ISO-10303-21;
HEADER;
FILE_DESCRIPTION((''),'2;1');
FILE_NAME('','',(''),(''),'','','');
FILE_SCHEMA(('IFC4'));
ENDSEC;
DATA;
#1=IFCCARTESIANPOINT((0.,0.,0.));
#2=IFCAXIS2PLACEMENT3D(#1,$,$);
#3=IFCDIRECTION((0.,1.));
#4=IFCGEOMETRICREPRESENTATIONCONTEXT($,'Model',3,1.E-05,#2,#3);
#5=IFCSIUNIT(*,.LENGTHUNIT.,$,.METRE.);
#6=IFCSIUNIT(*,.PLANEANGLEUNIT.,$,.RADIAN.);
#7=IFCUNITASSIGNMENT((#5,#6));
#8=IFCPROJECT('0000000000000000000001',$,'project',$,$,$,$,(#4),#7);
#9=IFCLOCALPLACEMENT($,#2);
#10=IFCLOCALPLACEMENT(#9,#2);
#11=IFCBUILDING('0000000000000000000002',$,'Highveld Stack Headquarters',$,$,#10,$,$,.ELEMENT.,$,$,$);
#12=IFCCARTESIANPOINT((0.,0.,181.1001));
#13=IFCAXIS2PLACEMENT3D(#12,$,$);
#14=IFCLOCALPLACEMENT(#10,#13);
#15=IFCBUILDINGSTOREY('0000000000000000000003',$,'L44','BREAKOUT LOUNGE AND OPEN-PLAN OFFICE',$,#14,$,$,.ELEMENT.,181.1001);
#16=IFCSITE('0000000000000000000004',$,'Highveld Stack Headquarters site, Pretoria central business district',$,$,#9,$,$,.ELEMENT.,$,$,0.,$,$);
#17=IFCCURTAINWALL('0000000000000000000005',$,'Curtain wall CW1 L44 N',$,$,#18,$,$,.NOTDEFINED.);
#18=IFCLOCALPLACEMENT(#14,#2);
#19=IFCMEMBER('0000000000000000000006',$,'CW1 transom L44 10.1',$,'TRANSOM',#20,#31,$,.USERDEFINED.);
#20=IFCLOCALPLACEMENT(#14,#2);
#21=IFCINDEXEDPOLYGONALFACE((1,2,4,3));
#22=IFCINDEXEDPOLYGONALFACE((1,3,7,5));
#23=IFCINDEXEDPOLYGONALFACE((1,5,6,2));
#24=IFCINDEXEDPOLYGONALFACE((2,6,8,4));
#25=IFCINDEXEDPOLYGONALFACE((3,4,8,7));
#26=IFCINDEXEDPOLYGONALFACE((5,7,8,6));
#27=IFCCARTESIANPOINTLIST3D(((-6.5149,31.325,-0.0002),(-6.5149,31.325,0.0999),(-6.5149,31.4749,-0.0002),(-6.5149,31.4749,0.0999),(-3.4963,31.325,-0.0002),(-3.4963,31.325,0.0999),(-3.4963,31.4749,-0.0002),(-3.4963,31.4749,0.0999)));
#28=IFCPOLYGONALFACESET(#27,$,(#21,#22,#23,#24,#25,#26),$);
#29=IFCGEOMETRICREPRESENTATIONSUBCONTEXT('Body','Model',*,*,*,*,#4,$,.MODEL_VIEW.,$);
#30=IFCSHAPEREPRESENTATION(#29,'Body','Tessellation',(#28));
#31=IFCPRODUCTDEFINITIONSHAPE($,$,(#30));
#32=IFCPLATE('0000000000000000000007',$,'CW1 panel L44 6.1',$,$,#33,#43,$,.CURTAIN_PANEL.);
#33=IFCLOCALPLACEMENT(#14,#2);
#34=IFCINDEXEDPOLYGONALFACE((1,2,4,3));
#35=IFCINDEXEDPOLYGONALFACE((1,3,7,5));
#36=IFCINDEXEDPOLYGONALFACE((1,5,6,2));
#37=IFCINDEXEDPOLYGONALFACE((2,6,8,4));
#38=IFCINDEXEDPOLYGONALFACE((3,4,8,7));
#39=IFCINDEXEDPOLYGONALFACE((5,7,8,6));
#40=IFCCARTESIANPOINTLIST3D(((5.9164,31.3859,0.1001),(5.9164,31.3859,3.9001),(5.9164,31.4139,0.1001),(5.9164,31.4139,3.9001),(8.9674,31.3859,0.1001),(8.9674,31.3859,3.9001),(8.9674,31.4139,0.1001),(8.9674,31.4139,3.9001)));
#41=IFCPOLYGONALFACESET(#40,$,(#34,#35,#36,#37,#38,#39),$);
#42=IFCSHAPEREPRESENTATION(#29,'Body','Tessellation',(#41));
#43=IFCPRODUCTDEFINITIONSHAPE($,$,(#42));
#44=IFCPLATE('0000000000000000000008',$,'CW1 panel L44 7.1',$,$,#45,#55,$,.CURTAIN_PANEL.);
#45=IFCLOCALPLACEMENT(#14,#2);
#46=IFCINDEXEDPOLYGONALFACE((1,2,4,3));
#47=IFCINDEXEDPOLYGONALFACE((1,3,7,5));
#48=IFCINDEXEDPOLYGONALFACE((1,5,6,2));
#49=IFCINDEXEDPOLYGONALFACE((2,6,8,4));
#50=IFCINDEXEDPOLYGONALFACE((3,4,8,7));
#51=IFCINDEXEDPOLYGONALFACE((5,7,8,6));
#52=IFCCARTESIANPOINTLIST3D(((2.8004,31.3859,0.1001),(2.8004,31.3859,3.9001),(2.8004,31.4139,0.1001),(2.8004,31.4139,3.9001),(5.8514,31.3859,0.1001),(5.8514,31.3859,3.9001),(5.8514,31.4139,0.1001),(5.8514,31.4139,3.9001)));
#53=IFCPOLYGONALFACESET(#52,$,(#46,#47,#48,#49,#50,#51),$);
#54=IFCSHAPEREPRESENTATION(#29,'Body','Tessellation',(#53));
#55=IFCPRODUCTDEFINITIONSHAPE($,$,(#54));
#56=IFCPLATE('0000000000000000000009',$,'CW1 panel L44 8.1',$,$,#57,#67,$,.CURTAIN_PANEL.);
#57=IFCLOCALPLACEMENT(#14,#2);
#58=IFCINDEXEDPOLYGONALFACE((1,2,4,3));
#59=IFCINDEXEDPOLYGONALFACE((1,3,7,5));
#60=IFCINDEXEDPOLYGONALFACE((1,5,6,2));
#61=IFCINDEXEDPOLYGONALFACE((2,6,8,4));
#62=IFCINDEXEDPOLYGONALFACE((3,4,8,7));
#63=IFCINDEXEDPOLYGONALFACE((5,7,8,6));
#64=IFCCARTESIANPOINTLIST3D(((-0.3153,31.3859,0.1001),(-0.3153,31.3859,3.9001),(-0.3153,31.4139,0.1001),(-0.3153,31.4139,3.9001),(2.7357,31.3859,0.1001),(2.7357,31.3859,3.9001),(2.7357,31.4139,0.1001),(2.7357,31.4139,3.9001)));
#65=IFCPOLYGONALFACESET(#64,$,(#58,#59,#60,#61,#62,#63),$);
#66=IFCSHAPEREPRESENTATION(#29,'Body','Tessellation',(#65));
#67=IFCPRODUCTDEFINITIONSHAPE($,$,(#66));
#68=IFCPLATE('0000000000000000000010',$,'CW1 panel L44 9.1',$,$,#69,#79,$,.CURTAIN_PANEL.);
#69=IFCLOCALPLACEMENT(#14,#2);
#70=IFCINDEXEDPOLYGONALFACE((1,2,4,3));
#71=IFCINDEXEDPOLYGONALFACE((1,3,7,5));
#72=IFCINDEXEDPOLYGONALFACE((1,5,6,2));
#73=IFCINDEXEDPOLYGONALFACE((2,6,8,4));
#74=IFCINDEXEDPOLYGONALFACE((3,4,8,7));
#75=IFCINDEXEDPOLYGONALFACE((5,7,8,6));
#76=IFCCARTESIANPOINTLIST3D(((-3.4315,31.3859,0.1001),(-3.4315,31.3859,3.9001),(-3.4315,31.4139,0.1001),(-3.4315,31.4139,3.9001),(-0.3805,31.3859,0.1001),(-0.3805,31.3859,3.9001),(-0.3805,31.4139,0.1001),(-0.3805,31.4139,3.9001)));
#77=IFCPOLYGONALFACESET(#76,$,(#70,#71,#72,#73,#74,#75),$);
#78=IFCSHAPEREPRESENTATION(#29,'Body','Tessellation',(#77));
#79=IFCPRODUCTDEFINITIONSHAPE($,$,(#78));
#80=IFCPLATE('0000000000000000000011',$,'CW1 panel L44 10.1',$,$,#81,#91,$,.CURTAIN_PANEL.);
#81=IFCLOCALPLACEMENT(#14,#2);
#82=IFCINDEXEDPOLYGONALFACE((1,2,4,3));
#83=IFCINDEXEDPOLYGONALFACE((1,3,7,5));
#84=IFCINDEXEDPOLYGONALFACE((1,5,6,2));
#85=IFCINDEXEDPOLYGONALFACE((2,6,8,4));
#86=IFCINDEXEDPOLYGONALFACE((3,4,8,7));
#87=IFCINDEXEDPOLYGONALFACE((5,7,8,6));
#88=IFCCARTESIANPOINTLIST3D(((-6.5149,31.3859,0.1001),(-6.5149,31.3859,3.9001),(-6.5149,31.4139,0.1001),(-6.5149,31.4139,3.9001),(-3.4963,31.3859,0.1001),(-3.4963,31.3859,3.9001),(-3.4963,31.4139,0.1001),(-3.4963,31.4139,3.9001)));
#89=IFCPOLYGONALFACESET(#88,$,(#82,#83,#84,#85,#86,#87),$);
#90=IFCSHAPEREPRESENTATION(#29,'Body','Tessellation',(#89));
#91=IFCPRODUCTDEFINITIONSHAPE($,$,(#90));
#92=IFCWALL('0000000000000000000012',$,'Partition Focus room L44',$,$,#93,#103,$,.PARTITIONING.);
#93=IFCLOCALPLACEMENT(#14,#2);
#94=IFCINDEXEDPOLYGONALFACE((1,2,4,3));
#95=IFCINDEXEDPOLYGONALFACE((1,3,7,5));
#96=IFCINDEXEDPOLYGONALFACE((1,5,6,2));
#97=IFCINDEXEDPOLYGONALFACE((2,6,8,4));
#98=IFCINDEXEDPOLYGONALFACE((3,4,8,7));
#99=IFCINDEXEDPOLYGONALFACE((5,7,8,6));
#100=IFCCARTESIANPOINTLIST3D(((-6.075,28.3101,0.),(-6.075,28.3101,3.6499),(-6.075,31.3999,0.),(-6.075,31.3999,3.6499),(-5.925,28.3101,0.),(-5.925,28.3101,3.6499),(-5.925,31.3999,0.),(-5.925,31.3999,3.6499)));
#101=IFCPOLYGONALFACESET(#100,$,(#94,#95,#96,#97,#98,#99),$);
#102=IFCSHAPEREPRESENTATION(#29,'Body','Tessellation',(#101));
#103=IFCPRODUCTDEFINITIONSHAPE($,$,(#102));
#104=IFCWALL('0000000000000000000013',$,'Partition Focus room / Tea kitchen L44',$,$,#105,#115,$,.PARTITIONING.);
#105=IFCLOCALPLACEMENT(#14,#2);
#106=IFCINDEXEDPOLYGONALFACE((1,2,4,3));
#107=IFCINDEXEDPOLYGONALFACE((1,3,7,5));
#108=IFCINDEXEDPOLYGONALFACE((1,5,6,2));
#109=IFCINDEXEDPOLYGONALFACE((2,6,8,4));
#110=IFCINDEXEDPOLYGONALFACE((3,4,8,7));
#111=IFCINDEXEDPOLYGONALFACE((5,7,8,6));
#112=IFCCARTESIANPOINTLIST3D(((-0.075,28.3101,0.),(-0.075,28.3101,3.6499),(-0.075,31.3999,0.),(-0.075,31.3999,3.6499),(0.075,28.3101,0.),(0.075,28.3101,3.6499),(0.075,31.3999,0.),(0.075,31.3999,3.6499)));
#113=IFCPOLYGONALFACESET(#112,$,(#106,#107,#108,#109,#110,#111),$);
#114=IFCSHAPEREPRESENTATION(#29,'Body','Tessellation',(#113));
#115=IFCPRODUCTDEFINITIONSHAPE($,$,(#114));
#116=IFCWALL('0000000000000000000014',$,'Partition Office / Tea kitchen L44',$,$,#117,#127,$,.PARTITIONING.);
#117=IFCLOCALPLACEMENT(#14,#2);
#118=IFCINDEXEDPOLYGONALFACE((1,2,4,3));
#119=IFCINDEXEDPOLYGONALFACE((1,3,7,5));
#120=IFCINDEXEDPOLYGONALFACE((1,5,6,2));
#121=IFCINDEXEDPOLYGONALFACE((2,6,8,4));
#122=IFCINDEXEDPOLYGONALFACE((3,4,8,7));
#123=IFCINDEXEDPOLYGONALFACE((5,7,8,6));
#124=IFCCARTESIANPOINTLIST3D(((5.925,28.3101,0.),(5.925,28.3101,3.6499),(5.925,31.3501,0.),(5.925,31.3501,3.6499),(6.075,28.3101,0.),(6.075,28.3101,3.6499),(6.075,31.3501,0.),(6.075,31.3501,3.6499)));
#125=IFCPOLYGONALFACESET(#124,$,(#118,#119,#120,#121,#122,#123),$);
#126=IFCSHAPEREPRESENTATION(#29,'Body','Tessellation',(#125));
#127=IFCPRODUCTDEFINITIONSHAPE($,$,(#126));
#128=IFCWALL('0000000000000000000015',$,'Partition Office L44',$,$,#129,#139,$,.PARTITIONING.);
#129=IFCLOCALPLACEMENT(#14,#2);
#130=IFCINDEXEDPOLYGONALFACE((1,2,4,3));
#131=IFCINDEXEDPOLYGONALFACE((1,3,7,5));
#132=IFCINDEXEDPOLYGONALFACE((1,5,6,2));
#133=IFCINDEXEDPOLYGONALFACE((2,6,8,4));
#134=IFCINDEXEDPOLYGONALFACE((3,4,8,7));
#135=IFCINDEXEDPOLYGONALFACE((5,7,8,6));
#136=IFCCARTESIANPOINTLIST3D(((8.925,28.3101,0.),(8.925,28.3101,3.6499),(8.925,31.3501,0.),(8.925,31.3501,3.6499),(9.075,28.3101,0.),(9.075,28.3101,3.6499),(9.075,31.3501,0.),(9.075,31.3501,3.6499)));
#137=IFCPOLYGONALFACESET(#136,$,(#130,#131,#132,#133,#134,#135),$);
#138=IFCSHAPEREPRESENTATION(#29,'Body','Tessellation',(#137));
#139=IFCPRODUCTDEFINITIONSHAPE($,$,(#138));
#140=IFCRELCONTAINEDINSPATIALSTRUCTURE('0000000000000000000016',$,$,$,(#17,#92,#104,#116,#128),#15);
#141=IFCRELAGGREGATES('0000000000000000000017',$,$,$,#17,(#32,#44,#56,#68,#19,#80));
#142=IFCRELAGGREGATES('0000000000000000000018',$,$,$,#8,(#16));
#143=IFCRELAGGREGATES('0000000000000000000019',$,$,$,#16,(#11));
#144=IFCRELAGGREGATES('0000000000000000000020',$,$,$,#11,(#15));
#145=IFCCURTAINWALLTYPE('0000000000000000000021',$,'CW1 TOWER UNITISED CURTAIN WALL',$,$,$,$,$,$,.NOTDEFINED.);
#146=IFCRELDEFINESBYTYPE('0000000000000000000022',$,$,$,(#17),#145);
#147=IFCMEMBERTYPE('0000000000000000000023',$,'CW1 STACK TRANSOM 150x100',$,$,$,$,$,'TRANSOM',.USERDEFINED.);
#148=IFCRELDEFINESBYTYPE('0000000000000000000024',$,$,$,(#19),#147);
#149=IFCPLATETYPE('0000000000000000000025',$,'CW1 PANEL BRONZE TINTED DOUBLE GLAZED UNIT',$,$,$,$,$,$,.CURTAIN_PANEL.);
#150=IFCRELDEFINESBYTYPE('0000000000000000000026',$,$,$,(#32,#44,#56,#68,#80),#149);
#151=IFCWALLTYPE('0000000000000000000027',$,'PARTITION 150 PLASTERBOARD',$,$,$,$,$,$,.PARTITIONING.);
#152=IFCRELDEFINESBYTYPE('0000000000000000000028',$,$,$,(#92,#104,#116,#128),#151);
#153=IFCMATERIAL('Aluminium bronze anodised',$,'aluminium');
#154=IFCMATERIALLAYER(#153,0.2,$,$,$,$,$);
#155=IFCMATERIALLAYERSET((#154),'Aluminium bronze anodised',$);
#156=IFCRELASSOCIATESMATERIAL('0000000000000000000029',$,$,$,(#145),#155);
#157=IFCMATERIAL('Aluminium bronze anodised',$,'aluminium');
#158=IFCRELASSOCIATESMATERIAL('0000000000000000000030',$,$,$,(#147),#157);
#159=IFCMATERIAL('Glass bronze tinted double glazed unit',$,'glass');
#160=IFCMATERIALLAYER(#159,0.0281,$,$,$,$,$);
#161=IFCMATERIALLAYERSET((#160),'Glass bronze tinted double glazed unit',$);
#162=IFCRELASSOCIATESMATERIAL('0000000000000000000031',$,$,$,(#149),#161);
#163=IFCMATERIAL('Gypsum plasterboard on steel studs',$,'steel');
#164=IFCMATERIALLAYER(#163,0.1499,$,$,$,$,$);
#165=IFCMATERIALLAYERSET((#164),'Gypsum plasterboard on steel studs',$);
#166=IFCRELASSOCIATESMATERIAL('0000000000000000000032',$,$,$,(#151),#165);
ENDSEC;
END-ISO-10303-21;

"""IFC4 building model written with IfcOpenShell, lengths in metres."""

from ifc_helpers import new_model, si_unit, direction, frame, frame_2d, origin, origin_2d, place, context, subcontext, project, spatial, rectangle, extrude, material, layer, layer_set, material_profile, profile_set, type_object, element, aggregate, save


model = new_model("IFC4")

# Units and contexts
model_context = context("Model", 3, precision=1e-05, world=origin(), true_north=direction((0.0, 1.0)))
body_context = subcontext(model_context, "Body", "Model", "MODEL_VIEW")
ifc_project = project(units=[si_unit("LENGTHUNIT", "METRE"), si_unit("PLANEANGLEUNIT", "RADIAN")], contexts=[model_context])

# Site, building, storey
site_placement = place(None, origin())
site = spatial("IfcSite", under=ifc_project, at=site_placement, Name="Highveld Stack Headquarters site, Pretoria central business district", CompositionType="ELEMENT", RefElevation=0.0)
building_placement = place(site_placement, origin())
building = spatial("IfcBuilding", under=site, at=building_placement, Name="Highveld Stack Headquarters", CompositionType="ELEMENT")
storey_placement = place(building_placement, frame((0.0, 0.0, 181.1001)))
storey = spatial("IfcBuildingStorey", under=building, at=storey_placement, Name="L44", Description="BREAKOUT LOUNGE AND OPEN-PLAN OFFICE", CompositionType="ELEMENT", Elevation=181.1001)

# Curtain wall, member, plates
ifc_material_1 = material(Name="Aluminium bronze anodised", Category="aluminium")
ifc_layer_1 = layer(ifc_material_1, 0.2)
ifc_layer_set_1 = layer_set([ifc_layer_1], Name="Aluminium bronze anodised")
curtain_wall_type = type_object("IfcCurtainWallType", Name="CW1 TOWER UNITISED CURTAIN WALL", PredefinedType="NOTDEFINED", material=ifc_layer_set_1)
curtain_wall_placement = place(storey_placement, origin())
curtain_wall = element("IfcCurtainWall", 1, at=curtain_wall_placement, inside=storey, type_object=curtain_wall_type, Name="Curtain wall CW1 L44 N", PredefinedType="NOTDEFINED")
ifc_material_2 = material(Name="Aluminium bronze anodised", Category="aluminium")
ifc_material_profile_1 = material_profile(ifc_material_2, rectangle(XDim=0.1499, YDim=0.1001, at=origin_2d()), Name="CW1 TRANSOM 150x100")
ifc_profile_set_1 = profile_set([ifc_material_profile_1], Name="Aluminium bronze anodised")
member_type_1 = type_object("IfcMemberType", Name="CW1 STACK TRANSOM 150x100", ElementType="TRANSOM", PredefinedType="USERDEFINED", material=ifc_profile_set_1)
member_1_placement = place(storey_placement, frame((-3.4963, 31.3999, 0.0498), z_axis=(-1.0, 0.0, 0.0), x_axis=(0.0, -1.0, 0.0)))
member_1 = element("IfcMember", 2, at=member_1_placement, type_object=member_type_1, Name="CW1 transom L44 10.1", ObjectType="TRANSOM", PredefinedType="USERDEFINED", context=body_context, shape_type="SweptSolid", body=[
    extrude(rectangle(XDim=0.1499, YDim=0.1001, at=origin_2d()), origin(), (0.0, 0.0, 1.0), 3.0186),
])
ifc_material_3 = material(Name="Glass bronze tinted double glazed unit", Category="glass")
ifc_layer_2 = layer(ifc_material_3, 0.0281)
ifc_layer_set_2 = layer_set([ifc_layer_2], Name="Glass bronze tinted double glazed unit")
plate_type = type_object("IfcPlateType", Name="CW1 PANEL BRONZE TINTED DOUBLE GLAZED UNIT", PredefinedType="CURTAIN_PANEL", material=ifc_layer_set_2)
plate_1_placement = place(storey_placement, frame((7.4419, 31.3999, 0.1001), z_axis=(0.0, 0.0, 1.0), x_axis=(-1.0, 0.0, 0.0)))
plate_1 = element("IfcPlate", 3, at=plate_1_placement, type_object=plate_type, Name="CW1 panel L44 6.1", PredefinedType="CURTAIN_PANEL", context=body_context, shape_type="SweptSolid", body=[
    extrude(rectangle(XDim=3.051, YDim=0.0281, at=origin_2d()), origin(), (0.0, 0.0, 1.0), 3.8),
])
plate_2_placement = place(storey_placement, frame((4.3259, 31.3999, 0.1001), z_axis=(0.0, 0.0, 1.0), x_axis=(-1.0, 0.0, 0.0)))
plate_2 = element("IfcPlate", 4, at=plate_2_placement, type_object=plate_type, Name="CW1 panel L44 7.1", PredefinedType="CURTAIN_PANEL", context=body_context, shape_type="SweptSolid", body=[
    extrude(rectangle(XDim=3.051, YDim=0.0281, at=origin_2d()), origin(), (0.0, 0.0, 1.0), 3.8),
])
plate_3_placement = place(storey_placement, frame((1.2102, 31.3999, 0.1001), z_axis=(0.0, 0.0, 1.0), x_axis=(-1.0, 0.0, 0.0)))
plate_3 = element("IfcPlate", 5, at=plate_3_placement, type_object=plate_type, Name="CW1 panel L44 8.1", PredefinedType="CURTAIN_PANEL", context=body_context, shape_type="SweptSolid", body=[
    extrude(rectangle(XDim=3.051, YDim=0.0281, at=origin_2d()), origin(), (0.0, 0.0, 1.0), 3.8),
])
plate_4_placement = place(storey_placement, frame((-1.906, 31.3999, 0.1001), z_axis=(0.0, 0.0, 1.0), x_axis=(-1.0, 0.0, 0.0)))
plate_4 = element("IfcPlate", 6, at=plate_4_placement, type_object=plate_type, Name="CW1 panel L44 9.1", PredefinedType="CURTAIN_PANEL", context=body_context, shape_type="SweptSolid", body=[
    extrude(rectangle(XDim=3.051, YDim=0.0281, at=origin_2d()), origin(), (0.0, 0.0, 1.0), 3.8),
])
plate_5_placement = place(storey_placement, frame((-5.0056, 31.3999, 0.1001), z_axis=(0.0, 0.0, 1.0), x_axis=(-1.0, 0.0, 0.0)))
plate_5 = element("IfcPlate", 7, at=plate_5_placement, type_object=plate_type, Name="CW1 panel L44 10.1", PredefinedType="CURTAIN_PANEL", context=body_context, shape_type="SweptSolid", body=[
    extrude(rectangle(XDim=3.0186, YDim=0.0281, at=origin_2d()), origin(), (0.0, 0.0, 1.0), 3.8),
])
aggregate(curtain_wall, [plate_1, plate_2, plate_3, plate_4, member_1, plate_5])

# Walls
ifc_material_4 = material(Name="Gypsum plasterboard on steel studs", Category="steel")
ifc_layer_3 = layer(ifc_material_4, 0.1499)
ifc_layer_set_3 = layer_set([ifc_layer_3], Name="Gypsum plasterboard on steel studs")
wall_type = type_object("IfcWallType", Name="PARTITION 150 PLASTERBOARD", PredefinedType="PARTITIONING", material=ifc_layer_set_3)
for number, where, z_axis, x_axis, name in (
    (8, (-6.0, 28.3101, 0.0), (0.0, 0.0, 1.0), (0.0, 1.0, 0.0), "Partition Focus room L44"),
    (9, (0.0, 28.3101, 0.0), (0.0, 0.0, 1.0), (0.0, 1.0, 0.0), "Partition Focus room / Tea kitchen L44"),
):
    element("IfcWall", number, at=place(storey_placement, frame(where, z_axis=z_axis, x_axis=x_axis)), inside=storey, type_object=wall_type, Name=name, PredefinedType="PARTITIONING", context=body_context, shape_type="SweptSolid", body=[
        extrude(rectangle(XDim=3.0898, YDim=0.1499, at=frame_2d((1.5449, 0.0))), origin(), (0.0, 0.0, 1.0), 3.6499),
    ])
for number, where, z_axis, x_axis, name in (
    (10, (6.0, 28.3101, 0.0), (0.0, 0.0, 1.0), (0.0, 1.0, 0.0), "Partition Office / Tea kitchen L44"),
    (11, (9.0, 28.3101, 0.0), (0.0, 0.0, 1.0), (0.0, 1.0, 0.0), "Partition Office L44"),
):
    element("IfcWall", number, at=place(storey_placement, frame(where, z_axis=z_axis, x_axis=x_axis)), inside=storey, type_object=wall_type, Name=name, PredefinedType="PARTITIONING", context=body_context, shape_type="SweptSolid", body=[
        extrude(rectangle(XDim=3.04, YDim=0.1499, at=frame_2d((1.52, 0.0))), origin(), (0.0, 0.0, 1.0), 3.6499),
    ])

save(model, "model.ifc")
